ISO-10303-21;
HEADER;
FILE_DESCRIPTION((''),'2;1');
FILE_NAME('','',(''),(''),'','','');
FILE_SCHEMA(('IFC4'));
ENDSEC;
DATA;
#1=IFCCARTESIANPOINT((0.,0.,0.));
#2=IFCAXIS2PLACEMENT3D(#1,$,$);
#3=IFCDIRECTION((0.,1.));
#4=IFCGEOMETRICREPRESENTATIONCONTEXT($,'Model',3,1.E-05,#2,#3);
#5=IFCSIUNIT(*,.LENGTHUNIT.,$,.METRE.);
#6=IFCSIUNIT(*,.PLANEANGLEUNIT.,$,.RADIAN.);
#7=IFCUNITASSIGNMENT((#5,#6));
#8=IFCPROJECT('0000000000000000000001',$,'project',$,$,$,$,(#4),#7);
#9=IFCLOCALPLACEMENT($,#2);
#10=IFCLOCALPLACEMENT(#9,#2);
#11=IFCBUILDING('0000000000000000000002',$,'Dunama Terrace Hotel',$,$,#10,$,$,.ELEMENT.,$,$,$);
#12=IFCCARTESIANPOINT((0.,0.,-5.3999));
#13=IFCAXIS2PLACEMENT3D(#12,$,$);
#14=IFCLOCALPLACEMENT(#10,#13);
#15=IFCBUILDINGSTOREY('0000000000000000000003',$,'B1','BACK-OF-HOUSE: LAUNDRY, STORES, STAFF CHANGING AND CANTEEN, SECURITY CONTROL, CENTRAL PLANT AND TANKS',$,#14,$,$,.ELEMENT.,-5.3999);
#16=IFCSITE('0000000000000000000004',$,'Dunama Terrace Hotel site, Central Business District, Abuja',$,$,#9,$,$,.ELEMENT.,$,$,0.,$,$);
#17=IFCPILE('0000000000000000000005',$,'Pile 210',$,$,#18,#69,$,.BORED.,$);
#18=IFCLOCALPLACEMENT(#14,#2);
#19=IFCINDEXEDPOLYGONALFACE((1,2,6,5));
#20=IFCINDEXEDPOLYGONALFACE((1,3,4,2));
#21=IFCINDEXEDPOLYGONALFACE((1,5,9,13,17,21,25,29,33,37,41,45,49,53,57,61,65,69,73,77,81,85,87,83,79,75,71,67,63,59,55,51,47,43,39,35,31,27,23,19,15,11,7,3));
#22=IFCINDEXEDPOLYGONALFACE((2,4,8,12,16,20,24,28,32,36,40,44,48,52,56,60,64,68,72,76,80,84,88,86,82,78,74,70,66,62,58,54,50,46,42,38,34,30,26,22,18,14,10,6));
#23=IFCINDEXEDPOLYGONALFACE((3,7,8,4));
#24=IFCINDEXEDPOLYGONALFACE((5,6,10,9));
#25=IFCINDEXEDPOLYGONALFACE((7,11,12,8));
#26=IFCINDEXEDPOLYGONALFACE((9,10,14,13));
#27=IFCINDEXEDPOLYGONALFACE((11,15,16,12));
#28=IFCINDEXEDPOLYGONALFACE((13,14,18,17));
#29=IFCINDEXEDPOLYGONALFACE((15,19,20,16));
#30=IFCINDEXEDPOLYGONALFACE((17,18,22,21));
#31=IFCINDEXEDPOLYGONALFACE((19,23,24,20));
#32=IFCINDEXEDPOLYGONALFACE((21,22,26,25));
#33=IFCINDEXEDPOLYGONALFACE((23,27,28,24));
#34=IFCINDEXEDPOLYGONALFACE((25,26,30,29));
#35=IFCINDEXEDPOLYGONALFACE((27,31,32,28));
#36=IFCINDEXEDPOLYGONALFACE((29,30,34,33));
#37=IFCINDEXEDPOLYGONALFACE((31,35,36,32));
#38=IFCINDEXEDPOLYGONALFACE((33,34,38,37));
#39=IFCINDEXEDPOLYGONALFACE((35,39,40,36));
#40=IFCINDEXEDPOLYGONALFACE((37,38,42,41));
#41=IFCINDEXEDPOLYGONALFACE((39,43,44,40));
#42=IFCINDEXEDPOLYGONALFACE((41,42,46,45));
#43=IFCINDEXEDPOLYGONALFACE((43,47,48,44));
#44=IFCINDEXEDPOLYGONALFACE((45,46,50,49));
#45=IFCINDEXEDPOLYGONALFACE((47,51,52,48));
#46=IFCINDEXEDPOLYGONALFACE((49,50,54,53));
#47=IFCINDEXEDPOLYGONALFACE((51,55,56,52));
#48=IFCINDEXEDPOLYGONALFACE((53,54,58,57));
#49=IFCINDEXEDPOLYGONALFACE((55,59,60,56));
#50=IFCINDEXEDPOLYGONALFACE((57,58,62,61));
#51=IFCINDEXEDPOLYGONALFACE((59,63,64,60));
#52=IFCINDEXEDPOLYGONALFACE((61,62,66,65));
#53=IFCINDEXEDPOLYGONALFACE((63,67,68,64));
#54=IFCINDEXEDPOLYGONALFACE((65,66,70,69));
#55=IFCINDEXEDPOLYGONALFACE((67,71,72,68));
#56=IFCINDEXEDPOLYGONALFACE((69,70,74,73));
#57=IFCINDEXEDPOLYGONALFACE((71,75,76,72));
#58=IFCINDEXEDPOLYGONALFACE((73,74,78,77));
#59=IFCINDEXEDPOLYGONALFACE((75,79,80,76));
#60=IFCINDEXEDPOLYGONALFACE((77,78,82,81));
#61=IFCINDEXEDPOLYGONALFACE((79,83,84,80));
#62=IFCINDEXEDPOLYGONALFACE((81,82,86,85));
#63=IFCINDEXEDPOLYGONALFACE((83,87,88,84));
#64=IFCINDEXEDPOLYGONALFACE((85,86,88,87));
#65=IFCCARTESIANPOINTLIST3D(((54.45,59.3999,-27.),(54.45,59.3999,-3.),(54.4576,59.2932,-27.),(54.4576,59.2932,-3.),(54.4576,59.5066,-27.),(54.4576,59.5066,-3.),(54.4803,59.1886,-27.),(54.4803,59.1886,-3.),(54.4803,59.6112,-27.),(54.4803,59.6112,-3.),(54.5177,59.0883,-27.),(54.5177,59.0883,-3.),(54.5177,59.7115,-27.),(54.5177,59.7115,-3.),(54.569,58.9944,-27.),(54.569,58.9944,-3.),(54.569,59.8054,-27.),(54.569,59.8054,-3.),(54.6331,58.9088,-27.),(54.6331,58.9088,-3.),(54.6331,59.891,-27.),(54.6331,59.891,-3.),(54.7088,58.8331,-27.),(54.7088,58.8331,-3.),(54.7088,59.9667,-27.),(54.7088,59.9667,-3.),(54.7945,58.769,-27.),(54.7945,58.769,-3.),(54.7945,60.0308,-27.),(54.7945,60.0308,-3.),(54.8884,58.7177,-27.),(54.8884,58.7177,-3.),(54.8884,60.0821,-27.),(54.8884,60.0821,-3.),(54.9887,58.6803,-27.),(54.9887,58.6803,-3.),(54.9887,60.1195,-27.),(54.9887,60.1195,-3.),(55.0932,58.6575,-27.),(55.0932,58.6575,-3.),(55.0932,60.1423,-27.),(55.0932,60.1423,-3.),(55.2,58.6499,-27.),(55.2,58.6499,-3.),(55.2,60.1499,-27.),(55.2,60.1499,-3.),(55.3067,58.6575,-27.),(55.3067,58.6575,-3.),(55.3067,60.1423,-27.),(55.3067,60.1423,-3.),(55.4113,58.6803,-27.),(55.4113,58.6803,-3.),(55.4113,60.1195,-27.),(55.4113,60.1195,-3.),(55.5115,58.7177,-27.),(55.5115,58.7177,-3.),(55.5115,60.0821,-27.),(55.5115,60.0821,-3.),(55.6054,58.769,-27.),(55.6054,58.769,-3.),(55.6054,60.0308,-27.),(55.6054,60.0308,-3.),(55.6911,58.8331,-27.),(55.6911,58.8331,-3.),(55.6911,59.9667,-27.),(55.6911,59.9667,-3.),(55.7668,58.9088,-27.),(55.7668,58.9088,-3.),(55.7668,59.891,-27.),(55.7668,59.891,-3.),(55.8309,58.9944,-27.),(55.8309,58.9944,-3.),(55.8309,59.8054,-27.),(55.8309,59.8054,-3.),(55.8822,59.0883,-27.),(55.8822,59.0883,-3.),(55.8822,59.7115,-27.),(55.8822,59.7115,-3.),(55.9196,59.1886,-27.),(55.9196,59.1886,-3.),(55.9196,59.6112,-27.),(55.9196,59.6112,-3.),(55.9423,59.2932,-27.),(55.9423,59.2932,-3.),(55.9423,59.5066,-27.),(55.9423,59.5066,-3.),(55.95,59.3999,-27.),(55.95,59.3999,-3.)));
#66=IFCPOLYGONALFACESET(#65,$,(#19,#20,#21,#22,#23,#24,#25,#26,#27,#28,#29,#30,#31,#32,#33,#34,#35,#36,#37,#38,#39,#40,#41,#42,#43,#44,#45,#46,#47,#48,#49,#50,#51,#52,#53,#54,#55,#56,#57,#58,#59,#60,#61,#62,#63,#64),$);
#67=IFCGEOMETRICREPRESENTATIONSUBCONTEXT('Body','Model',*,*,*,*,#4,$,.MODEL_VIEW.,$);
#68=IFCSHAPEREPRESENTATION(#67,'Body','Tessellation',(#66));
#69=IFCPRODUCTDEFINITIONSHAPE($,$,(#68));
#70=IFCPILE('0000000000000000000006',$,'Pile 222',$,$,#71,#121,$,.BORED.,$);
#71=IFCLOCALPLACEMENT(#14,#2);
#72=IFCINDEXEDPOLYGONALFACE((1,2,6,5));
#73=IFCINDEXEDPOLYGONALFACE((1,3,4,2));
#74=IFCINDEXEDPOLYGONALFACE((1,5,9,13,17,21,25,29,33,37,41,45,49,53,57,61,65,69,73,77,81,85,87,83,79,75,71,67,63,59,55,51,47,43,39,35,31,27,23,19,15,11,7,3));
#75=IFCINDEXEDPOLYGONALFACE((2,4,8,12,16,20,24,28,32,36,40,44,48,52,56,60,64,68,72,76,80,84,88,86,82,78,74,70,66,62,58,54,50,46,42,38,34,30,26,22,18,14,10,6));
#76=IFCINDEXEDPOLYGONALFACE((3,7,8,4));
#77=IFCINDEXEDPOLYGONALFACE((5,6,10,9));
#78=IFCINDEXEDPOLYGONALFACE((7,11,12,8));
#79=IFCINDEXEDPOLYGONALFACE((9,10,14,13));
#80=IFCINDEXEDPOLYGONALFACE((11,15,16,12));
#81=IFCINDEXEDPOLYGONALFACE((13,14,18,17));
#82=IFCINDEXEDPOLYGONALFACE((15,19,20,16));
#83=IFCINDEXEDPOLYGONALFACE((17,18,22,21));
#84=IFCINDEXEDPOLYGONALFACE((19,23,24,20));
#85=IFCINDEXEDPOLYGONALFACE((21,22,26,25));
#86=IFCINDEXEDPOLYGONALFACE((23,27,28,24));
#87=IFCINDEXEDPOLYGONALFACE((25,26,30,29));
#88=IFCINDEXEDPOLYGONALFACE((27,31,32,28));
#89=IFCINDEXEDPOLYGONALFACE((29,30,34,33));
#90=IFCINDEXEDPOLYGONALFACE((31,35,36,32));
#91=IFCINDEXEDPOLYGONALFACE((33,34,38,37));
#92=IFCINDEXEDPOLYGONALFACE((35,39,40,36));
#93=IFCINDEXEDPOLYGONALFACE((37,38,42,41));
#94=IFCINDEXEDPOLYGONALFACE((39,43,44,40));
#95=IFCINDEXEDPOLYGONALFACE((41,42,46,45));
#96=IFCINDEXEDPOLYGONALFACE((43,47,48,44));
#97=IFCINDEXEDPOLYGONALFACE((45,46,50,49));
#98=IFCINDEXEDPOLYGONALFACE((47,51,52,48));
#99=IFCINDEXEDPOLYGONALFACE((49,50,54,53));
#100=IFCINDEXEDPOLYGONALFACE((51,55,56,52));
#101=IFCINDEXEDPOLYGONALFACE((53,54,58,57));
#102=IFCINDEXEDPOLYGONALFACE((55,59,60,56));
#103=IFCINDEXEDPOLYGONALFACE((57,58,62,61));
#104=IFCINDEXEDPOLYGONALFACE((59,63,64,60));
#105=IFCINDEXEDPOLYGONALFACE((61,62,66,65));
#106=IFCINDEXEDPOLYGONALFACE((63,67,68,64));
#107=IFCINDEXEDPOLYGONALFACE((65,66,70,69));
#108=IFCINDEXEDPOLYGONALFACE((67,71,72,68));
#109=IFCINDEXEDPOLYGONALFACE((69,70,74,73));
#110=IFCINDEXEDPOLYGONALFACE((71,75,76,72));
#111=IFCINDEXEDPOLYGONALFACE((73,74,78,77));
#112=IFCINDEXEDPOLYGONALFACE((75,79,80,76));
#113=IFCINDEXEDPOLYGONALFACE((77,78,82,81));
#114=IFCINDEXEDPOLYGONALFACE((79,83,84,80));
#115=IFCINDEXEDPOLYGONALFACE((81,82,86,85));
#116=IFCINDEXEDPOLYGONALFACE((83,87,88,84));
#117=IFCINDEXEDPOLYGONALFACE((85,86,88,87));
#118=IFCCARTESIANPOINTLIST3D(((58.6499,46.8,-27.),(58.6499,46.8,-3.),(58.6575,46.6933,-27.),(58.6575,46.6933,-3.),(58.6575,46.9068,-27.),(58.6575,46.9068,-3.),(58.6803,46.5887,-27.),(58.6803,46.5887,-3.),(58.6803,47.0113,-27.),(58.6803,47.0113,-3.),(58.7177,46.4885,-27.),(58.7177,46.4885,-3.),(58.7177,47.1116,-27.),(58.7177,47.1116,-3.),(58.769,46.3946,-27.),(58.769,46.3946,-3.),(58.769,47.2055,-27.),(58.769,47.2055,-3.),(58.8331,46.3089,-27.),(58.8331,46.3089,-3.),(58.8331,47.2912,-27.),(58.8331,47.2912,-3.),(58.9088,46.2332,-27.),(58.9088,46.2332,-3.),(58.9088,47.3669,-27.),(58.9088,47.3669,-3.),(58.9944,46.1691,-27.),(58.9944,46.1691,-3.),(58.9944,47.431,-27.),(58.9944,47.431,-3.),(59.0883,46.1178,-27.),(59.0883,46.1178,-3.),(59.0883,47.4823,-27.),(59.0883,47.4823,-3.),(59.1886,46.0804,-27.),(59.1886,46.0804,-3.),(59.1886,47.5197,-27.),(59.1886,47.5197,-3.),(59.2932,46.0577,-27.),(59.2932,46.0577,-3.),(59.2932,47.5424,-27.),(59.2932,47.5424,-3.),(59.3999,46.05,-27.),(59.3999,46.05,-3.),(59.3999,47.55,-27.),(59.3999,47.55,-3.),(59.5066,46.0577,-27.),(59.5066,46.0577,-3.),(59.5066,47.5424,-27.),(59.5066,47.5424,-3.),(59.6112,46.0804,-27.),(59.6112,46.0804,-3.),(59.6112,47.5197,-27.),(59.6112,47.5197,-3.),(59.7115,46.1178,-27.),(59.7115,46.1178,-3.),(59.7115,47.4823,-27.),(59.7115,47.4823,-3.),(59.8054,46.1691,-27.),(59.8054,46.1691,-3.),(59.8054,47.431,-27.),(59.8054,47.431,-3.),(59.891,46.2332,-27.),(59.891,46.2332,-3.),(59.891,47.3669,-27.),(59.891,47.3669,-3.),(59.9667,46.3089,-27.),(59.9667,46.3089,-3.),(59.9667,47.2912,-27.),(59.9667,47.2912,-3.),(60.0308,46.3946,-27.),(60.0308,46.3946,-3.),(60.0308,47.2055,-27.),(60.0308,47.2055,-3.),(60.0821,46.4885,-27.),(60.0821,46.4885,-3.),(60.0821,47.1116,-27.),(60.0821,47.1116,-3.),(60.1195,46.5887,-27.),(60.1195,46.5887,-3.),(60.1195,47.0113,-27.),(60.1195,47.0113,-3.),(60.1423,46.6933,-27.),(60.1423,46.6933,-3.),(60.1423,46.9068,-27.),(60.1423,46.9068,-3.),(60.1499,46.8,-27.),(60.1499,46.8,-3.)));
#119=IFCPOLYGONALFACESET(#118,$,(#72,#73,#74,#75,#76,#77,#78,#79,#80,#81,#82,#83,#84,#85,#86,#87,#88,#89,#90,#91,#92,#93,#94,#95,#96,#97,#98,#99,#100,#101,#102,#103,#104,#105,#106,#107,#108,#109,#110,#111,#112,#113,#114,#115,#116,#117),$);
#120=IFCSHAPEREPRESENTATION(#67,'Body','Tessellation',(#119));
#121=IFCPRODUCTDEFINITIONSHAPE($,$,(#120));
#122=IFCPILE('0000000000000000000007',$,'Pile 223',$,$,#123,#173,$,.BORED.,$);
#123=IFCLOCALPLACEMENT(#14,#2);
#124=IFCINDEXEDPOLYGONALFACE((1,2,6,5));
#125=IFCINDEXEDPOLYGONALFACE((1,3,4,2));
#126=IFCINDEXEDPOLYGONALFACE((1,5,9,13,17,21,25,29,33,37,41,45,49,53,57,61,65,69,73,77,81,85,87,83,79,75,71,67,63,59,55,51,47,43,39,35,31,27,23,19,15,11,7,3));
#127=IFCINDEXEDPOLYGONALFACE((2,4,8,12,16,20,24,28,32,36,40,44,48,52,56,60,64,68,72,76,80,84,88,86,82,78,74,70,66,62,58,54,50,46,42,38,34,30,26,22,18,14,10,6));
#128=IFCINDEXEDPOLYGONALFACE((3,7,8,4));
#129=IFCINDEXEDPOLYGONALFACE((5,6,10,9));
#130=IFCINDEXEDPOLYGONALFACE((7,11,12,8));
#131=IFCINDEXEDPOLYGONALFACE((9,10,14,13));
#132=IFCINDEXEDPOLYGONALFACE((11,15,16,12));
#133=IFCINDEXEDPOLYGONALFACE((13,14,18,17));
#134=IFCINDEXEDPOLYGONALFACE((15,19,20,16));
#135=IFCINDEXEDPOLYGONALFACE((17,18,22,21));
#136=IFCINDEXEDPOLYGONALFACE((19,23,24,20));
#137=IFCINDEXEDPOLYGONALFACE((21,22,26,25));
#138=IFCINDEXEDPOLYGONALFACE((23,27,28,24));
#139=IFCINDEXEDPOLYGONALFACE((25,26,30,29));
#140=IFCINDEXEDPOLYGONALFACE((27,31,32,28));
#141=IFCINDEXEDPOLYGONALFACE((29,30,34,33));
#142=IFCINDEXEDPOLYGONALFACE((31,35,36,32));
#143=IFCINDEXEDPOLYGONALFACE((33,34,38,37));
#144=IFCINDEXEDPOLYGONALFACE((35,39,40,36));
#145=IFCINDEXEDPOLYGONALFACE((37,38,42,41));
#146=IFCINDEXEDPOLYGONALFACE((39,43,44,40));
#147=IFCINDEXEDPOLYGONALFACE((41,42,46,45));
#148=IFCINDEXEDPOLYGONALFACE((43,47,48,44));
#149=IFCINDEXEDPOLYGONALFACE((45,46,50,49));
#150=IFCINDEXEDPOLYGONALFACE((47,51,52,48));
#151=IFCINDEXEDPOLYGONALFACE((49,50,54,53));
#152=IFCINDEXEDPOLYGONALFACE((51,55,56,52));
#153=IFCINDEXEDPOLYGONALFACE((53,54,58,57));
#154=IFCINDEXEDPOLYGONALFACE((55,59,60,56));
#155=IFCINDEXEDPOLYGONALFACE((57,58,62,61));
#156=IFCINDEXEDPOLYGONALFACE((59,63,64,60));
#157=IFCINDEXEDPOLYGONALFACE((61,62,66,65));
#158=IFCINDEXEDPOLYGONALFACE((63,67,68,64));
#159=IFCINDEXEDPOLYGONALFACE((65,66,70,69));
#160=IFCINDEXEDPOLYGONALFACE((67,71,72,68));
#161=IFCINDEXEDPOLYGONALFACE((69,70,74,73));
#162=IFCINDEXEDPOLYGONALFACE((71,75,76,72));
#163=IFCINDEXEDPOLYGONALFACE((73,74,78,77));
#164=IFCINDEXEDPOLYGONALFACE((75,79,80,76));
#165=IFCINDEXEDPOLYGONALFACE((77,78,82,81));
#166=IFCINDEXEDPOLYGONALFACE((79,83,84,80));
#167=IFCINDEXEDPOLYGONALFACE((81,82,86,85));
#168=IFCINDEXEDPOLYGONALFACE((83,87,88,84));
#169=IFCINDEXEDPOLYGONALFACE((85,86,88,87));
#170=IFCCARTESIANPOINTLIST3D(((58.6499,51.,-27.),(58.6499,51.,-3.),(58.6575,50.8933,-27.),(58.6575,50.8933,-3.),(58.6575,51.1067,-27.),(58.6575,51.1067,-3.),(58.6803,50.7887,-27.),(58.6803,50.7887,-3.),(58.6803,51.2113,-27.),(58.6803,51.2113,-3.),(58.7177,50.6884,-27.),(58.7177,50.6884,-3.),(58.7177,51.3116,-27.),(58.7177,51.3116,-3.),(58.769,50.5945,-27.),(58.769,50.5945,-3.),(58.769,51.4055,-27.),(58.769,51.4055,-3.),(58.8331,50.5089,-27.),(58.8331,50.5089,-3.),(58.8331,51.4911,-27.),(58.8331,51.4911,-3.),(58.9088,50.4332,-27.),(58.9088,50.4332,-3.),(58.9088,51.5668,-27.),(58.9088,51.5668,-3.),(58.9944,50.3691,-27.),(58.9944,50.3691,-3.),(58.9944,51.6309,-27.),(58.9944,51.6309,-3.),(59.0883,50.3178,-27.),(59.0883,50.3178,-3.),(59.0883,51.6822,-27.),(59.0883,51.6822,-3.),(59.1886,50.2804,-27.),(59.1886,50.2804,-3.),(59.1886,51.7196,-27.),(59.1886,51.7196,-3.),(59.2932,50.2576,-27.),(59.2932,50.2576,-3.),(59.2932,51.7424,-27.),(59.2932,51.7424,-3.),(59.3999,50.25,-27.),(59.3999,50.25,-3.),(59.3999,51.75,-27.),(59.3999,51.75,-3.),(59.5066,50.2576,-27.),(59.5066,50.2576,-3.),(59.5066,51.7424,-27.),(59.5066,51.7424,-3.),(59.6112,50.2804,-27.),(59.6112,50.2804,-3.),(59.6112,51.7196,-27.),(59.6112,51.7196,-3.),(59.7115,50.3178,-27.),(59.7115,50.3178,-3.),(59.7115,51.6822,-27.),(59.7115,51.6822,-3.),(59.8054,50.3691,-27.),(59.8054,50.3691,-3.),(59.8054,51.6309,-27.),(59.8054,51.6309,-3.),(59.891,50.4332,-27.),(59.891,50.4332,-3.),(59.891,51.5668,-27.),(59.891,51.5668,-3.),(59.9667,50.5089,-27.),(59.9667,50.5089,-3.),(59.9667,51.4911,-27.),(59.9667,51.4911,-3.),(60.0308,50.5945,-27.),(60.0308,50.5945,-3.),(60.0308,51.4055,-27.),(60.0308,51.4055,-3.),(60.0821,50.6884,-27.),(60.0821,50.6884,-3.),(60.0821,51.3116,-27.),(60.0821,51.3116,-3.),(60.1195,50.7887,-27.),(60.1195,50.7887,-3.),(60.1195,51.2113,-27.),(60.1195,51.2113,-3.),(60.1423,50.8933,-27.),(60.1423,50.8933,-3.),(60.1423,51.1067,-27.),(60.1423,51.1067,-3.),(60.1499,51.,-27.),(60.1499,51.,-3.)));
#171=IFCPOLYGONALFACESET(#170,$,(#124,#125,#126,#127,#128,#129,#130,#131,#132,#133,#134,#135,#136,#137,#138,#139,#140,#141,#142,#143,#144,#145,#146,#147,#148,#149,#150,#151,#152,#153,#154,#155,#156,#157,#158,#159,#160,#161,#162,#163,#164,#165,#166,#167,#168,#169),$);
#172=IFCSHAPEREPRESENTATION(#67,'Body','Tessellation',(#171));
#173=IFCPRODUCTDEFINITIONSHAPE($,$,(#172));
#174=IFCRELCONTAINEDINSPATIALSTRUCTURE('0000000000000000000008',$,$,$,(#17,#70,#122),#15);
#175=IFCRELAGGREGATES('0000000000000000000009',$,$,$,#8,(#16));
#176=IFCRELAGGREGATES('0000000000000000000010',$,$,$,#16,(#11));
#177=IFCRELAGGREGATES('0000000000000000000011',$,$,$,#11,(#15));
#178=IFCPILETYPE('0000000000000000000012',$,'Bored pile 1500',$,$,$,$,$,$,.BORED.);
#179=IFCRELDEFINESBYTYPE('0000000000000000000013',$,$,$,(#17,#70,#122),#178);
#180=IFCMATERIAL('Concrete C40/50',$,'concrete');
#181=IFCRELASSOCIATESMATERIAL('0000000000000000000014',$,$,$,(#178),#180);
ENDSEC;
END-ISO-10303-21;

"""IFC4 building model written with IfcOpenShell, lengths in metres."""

from ifc_helpers import new_model, si_unit, direction, frame, origin, origin_2d, place, context, subcontext, project, spatial, circle, extrude, material, material_profile, profile_set, type_object, element, save


model = new_model("IFC4")

# Units and contexts
model_context = context("Model", 3, precision=1e-05, world=origin(), true_north=direction((0.0, 1.0)))
body_context = subcontext(model_context, "Body", "Model", "MODEL_VIEW")
ifc_project = project(units=[si_unit("LENGTHUNIT", "METRE"), si_unit("PLANEANGLEUNIT", "RADIAN")], contexts=[model_context])

# Site, building, storey
site_placement = place(None, origin())
site = spatial("IfcSite", under=ifc_project, at=site_placement, Name="Dunama Terrace Hotel site, Central Business District, Abuja", CompositionType="ELEMENT", RefElevation=0.0)
building_placement = place(site_placement, origin())
building = spatial("IfcBuilding", under=site, at=building_placement, Name="Dunama Terrace Hotel", CompositionType="ELEMENT")
storey_placement = place(building_placement, frame((0.0, 0.0, -5.3999)))
storey = spatial("IfcBuildingStorey", under=building, at=storey_placement, Name="B1", Description="BACK-OF-HOUSE: LAUNDRY, STORES, STAFF CHANGING AND CANTEEN, SECURITY CONTROL, CENTRAL PLANT AND TANKS", CompositionType="ELEMENT", Elevation=-5.3999)

# Piles
ifc_material_1 = material(Name="Concrete C40/50", Category="concrete")
ifc_material_profile_1 = material_profile(ifc_material_1, circle(Radius=0.75, at=origin_2d()), Name="PILE D1500")
ifc_profile_set_1 = profile_set([ifc_material_profile_1], Name="Concrete C40/50")
pile_type = type_object("IfcPileType", Name="Bored pile 1500", PredefinedType="BORED", material=ifc_profile_set_1)
for number, where, z_axis, x_axis, name in (
    (1, (55.2, 59.3999, -3.0), (0.0, 0.0, -1.0), (1.0, 0.0, 0.0), "Pile 210"),
    (2, (59.3999, 46.8, -3.0), (0.0, 0.0, -1.0), (1.0, 0.0, 0.0), "Pile 222"),
    (3, (59.3999, 51.0, -3.0), (0.0, 0.0, -1.0), (1.0, 0.0, 0.0), "Pile 223"),
):
    element("IfcPile", number, at=place(storey_placement, frame(where, z_axis=z_axis, x_axis=x_axis)), inside=storey, type_object=pile_type, Name=name, PredefinedType="BORED", context=body_context, shape_type="SweptSolid", body=[
        extrude(circle(Radius=0.75, at=origin_2d()), origin(), (0.0, 0.0, 1.0), 24.0),
    ])

save(model, "model.ifc")
